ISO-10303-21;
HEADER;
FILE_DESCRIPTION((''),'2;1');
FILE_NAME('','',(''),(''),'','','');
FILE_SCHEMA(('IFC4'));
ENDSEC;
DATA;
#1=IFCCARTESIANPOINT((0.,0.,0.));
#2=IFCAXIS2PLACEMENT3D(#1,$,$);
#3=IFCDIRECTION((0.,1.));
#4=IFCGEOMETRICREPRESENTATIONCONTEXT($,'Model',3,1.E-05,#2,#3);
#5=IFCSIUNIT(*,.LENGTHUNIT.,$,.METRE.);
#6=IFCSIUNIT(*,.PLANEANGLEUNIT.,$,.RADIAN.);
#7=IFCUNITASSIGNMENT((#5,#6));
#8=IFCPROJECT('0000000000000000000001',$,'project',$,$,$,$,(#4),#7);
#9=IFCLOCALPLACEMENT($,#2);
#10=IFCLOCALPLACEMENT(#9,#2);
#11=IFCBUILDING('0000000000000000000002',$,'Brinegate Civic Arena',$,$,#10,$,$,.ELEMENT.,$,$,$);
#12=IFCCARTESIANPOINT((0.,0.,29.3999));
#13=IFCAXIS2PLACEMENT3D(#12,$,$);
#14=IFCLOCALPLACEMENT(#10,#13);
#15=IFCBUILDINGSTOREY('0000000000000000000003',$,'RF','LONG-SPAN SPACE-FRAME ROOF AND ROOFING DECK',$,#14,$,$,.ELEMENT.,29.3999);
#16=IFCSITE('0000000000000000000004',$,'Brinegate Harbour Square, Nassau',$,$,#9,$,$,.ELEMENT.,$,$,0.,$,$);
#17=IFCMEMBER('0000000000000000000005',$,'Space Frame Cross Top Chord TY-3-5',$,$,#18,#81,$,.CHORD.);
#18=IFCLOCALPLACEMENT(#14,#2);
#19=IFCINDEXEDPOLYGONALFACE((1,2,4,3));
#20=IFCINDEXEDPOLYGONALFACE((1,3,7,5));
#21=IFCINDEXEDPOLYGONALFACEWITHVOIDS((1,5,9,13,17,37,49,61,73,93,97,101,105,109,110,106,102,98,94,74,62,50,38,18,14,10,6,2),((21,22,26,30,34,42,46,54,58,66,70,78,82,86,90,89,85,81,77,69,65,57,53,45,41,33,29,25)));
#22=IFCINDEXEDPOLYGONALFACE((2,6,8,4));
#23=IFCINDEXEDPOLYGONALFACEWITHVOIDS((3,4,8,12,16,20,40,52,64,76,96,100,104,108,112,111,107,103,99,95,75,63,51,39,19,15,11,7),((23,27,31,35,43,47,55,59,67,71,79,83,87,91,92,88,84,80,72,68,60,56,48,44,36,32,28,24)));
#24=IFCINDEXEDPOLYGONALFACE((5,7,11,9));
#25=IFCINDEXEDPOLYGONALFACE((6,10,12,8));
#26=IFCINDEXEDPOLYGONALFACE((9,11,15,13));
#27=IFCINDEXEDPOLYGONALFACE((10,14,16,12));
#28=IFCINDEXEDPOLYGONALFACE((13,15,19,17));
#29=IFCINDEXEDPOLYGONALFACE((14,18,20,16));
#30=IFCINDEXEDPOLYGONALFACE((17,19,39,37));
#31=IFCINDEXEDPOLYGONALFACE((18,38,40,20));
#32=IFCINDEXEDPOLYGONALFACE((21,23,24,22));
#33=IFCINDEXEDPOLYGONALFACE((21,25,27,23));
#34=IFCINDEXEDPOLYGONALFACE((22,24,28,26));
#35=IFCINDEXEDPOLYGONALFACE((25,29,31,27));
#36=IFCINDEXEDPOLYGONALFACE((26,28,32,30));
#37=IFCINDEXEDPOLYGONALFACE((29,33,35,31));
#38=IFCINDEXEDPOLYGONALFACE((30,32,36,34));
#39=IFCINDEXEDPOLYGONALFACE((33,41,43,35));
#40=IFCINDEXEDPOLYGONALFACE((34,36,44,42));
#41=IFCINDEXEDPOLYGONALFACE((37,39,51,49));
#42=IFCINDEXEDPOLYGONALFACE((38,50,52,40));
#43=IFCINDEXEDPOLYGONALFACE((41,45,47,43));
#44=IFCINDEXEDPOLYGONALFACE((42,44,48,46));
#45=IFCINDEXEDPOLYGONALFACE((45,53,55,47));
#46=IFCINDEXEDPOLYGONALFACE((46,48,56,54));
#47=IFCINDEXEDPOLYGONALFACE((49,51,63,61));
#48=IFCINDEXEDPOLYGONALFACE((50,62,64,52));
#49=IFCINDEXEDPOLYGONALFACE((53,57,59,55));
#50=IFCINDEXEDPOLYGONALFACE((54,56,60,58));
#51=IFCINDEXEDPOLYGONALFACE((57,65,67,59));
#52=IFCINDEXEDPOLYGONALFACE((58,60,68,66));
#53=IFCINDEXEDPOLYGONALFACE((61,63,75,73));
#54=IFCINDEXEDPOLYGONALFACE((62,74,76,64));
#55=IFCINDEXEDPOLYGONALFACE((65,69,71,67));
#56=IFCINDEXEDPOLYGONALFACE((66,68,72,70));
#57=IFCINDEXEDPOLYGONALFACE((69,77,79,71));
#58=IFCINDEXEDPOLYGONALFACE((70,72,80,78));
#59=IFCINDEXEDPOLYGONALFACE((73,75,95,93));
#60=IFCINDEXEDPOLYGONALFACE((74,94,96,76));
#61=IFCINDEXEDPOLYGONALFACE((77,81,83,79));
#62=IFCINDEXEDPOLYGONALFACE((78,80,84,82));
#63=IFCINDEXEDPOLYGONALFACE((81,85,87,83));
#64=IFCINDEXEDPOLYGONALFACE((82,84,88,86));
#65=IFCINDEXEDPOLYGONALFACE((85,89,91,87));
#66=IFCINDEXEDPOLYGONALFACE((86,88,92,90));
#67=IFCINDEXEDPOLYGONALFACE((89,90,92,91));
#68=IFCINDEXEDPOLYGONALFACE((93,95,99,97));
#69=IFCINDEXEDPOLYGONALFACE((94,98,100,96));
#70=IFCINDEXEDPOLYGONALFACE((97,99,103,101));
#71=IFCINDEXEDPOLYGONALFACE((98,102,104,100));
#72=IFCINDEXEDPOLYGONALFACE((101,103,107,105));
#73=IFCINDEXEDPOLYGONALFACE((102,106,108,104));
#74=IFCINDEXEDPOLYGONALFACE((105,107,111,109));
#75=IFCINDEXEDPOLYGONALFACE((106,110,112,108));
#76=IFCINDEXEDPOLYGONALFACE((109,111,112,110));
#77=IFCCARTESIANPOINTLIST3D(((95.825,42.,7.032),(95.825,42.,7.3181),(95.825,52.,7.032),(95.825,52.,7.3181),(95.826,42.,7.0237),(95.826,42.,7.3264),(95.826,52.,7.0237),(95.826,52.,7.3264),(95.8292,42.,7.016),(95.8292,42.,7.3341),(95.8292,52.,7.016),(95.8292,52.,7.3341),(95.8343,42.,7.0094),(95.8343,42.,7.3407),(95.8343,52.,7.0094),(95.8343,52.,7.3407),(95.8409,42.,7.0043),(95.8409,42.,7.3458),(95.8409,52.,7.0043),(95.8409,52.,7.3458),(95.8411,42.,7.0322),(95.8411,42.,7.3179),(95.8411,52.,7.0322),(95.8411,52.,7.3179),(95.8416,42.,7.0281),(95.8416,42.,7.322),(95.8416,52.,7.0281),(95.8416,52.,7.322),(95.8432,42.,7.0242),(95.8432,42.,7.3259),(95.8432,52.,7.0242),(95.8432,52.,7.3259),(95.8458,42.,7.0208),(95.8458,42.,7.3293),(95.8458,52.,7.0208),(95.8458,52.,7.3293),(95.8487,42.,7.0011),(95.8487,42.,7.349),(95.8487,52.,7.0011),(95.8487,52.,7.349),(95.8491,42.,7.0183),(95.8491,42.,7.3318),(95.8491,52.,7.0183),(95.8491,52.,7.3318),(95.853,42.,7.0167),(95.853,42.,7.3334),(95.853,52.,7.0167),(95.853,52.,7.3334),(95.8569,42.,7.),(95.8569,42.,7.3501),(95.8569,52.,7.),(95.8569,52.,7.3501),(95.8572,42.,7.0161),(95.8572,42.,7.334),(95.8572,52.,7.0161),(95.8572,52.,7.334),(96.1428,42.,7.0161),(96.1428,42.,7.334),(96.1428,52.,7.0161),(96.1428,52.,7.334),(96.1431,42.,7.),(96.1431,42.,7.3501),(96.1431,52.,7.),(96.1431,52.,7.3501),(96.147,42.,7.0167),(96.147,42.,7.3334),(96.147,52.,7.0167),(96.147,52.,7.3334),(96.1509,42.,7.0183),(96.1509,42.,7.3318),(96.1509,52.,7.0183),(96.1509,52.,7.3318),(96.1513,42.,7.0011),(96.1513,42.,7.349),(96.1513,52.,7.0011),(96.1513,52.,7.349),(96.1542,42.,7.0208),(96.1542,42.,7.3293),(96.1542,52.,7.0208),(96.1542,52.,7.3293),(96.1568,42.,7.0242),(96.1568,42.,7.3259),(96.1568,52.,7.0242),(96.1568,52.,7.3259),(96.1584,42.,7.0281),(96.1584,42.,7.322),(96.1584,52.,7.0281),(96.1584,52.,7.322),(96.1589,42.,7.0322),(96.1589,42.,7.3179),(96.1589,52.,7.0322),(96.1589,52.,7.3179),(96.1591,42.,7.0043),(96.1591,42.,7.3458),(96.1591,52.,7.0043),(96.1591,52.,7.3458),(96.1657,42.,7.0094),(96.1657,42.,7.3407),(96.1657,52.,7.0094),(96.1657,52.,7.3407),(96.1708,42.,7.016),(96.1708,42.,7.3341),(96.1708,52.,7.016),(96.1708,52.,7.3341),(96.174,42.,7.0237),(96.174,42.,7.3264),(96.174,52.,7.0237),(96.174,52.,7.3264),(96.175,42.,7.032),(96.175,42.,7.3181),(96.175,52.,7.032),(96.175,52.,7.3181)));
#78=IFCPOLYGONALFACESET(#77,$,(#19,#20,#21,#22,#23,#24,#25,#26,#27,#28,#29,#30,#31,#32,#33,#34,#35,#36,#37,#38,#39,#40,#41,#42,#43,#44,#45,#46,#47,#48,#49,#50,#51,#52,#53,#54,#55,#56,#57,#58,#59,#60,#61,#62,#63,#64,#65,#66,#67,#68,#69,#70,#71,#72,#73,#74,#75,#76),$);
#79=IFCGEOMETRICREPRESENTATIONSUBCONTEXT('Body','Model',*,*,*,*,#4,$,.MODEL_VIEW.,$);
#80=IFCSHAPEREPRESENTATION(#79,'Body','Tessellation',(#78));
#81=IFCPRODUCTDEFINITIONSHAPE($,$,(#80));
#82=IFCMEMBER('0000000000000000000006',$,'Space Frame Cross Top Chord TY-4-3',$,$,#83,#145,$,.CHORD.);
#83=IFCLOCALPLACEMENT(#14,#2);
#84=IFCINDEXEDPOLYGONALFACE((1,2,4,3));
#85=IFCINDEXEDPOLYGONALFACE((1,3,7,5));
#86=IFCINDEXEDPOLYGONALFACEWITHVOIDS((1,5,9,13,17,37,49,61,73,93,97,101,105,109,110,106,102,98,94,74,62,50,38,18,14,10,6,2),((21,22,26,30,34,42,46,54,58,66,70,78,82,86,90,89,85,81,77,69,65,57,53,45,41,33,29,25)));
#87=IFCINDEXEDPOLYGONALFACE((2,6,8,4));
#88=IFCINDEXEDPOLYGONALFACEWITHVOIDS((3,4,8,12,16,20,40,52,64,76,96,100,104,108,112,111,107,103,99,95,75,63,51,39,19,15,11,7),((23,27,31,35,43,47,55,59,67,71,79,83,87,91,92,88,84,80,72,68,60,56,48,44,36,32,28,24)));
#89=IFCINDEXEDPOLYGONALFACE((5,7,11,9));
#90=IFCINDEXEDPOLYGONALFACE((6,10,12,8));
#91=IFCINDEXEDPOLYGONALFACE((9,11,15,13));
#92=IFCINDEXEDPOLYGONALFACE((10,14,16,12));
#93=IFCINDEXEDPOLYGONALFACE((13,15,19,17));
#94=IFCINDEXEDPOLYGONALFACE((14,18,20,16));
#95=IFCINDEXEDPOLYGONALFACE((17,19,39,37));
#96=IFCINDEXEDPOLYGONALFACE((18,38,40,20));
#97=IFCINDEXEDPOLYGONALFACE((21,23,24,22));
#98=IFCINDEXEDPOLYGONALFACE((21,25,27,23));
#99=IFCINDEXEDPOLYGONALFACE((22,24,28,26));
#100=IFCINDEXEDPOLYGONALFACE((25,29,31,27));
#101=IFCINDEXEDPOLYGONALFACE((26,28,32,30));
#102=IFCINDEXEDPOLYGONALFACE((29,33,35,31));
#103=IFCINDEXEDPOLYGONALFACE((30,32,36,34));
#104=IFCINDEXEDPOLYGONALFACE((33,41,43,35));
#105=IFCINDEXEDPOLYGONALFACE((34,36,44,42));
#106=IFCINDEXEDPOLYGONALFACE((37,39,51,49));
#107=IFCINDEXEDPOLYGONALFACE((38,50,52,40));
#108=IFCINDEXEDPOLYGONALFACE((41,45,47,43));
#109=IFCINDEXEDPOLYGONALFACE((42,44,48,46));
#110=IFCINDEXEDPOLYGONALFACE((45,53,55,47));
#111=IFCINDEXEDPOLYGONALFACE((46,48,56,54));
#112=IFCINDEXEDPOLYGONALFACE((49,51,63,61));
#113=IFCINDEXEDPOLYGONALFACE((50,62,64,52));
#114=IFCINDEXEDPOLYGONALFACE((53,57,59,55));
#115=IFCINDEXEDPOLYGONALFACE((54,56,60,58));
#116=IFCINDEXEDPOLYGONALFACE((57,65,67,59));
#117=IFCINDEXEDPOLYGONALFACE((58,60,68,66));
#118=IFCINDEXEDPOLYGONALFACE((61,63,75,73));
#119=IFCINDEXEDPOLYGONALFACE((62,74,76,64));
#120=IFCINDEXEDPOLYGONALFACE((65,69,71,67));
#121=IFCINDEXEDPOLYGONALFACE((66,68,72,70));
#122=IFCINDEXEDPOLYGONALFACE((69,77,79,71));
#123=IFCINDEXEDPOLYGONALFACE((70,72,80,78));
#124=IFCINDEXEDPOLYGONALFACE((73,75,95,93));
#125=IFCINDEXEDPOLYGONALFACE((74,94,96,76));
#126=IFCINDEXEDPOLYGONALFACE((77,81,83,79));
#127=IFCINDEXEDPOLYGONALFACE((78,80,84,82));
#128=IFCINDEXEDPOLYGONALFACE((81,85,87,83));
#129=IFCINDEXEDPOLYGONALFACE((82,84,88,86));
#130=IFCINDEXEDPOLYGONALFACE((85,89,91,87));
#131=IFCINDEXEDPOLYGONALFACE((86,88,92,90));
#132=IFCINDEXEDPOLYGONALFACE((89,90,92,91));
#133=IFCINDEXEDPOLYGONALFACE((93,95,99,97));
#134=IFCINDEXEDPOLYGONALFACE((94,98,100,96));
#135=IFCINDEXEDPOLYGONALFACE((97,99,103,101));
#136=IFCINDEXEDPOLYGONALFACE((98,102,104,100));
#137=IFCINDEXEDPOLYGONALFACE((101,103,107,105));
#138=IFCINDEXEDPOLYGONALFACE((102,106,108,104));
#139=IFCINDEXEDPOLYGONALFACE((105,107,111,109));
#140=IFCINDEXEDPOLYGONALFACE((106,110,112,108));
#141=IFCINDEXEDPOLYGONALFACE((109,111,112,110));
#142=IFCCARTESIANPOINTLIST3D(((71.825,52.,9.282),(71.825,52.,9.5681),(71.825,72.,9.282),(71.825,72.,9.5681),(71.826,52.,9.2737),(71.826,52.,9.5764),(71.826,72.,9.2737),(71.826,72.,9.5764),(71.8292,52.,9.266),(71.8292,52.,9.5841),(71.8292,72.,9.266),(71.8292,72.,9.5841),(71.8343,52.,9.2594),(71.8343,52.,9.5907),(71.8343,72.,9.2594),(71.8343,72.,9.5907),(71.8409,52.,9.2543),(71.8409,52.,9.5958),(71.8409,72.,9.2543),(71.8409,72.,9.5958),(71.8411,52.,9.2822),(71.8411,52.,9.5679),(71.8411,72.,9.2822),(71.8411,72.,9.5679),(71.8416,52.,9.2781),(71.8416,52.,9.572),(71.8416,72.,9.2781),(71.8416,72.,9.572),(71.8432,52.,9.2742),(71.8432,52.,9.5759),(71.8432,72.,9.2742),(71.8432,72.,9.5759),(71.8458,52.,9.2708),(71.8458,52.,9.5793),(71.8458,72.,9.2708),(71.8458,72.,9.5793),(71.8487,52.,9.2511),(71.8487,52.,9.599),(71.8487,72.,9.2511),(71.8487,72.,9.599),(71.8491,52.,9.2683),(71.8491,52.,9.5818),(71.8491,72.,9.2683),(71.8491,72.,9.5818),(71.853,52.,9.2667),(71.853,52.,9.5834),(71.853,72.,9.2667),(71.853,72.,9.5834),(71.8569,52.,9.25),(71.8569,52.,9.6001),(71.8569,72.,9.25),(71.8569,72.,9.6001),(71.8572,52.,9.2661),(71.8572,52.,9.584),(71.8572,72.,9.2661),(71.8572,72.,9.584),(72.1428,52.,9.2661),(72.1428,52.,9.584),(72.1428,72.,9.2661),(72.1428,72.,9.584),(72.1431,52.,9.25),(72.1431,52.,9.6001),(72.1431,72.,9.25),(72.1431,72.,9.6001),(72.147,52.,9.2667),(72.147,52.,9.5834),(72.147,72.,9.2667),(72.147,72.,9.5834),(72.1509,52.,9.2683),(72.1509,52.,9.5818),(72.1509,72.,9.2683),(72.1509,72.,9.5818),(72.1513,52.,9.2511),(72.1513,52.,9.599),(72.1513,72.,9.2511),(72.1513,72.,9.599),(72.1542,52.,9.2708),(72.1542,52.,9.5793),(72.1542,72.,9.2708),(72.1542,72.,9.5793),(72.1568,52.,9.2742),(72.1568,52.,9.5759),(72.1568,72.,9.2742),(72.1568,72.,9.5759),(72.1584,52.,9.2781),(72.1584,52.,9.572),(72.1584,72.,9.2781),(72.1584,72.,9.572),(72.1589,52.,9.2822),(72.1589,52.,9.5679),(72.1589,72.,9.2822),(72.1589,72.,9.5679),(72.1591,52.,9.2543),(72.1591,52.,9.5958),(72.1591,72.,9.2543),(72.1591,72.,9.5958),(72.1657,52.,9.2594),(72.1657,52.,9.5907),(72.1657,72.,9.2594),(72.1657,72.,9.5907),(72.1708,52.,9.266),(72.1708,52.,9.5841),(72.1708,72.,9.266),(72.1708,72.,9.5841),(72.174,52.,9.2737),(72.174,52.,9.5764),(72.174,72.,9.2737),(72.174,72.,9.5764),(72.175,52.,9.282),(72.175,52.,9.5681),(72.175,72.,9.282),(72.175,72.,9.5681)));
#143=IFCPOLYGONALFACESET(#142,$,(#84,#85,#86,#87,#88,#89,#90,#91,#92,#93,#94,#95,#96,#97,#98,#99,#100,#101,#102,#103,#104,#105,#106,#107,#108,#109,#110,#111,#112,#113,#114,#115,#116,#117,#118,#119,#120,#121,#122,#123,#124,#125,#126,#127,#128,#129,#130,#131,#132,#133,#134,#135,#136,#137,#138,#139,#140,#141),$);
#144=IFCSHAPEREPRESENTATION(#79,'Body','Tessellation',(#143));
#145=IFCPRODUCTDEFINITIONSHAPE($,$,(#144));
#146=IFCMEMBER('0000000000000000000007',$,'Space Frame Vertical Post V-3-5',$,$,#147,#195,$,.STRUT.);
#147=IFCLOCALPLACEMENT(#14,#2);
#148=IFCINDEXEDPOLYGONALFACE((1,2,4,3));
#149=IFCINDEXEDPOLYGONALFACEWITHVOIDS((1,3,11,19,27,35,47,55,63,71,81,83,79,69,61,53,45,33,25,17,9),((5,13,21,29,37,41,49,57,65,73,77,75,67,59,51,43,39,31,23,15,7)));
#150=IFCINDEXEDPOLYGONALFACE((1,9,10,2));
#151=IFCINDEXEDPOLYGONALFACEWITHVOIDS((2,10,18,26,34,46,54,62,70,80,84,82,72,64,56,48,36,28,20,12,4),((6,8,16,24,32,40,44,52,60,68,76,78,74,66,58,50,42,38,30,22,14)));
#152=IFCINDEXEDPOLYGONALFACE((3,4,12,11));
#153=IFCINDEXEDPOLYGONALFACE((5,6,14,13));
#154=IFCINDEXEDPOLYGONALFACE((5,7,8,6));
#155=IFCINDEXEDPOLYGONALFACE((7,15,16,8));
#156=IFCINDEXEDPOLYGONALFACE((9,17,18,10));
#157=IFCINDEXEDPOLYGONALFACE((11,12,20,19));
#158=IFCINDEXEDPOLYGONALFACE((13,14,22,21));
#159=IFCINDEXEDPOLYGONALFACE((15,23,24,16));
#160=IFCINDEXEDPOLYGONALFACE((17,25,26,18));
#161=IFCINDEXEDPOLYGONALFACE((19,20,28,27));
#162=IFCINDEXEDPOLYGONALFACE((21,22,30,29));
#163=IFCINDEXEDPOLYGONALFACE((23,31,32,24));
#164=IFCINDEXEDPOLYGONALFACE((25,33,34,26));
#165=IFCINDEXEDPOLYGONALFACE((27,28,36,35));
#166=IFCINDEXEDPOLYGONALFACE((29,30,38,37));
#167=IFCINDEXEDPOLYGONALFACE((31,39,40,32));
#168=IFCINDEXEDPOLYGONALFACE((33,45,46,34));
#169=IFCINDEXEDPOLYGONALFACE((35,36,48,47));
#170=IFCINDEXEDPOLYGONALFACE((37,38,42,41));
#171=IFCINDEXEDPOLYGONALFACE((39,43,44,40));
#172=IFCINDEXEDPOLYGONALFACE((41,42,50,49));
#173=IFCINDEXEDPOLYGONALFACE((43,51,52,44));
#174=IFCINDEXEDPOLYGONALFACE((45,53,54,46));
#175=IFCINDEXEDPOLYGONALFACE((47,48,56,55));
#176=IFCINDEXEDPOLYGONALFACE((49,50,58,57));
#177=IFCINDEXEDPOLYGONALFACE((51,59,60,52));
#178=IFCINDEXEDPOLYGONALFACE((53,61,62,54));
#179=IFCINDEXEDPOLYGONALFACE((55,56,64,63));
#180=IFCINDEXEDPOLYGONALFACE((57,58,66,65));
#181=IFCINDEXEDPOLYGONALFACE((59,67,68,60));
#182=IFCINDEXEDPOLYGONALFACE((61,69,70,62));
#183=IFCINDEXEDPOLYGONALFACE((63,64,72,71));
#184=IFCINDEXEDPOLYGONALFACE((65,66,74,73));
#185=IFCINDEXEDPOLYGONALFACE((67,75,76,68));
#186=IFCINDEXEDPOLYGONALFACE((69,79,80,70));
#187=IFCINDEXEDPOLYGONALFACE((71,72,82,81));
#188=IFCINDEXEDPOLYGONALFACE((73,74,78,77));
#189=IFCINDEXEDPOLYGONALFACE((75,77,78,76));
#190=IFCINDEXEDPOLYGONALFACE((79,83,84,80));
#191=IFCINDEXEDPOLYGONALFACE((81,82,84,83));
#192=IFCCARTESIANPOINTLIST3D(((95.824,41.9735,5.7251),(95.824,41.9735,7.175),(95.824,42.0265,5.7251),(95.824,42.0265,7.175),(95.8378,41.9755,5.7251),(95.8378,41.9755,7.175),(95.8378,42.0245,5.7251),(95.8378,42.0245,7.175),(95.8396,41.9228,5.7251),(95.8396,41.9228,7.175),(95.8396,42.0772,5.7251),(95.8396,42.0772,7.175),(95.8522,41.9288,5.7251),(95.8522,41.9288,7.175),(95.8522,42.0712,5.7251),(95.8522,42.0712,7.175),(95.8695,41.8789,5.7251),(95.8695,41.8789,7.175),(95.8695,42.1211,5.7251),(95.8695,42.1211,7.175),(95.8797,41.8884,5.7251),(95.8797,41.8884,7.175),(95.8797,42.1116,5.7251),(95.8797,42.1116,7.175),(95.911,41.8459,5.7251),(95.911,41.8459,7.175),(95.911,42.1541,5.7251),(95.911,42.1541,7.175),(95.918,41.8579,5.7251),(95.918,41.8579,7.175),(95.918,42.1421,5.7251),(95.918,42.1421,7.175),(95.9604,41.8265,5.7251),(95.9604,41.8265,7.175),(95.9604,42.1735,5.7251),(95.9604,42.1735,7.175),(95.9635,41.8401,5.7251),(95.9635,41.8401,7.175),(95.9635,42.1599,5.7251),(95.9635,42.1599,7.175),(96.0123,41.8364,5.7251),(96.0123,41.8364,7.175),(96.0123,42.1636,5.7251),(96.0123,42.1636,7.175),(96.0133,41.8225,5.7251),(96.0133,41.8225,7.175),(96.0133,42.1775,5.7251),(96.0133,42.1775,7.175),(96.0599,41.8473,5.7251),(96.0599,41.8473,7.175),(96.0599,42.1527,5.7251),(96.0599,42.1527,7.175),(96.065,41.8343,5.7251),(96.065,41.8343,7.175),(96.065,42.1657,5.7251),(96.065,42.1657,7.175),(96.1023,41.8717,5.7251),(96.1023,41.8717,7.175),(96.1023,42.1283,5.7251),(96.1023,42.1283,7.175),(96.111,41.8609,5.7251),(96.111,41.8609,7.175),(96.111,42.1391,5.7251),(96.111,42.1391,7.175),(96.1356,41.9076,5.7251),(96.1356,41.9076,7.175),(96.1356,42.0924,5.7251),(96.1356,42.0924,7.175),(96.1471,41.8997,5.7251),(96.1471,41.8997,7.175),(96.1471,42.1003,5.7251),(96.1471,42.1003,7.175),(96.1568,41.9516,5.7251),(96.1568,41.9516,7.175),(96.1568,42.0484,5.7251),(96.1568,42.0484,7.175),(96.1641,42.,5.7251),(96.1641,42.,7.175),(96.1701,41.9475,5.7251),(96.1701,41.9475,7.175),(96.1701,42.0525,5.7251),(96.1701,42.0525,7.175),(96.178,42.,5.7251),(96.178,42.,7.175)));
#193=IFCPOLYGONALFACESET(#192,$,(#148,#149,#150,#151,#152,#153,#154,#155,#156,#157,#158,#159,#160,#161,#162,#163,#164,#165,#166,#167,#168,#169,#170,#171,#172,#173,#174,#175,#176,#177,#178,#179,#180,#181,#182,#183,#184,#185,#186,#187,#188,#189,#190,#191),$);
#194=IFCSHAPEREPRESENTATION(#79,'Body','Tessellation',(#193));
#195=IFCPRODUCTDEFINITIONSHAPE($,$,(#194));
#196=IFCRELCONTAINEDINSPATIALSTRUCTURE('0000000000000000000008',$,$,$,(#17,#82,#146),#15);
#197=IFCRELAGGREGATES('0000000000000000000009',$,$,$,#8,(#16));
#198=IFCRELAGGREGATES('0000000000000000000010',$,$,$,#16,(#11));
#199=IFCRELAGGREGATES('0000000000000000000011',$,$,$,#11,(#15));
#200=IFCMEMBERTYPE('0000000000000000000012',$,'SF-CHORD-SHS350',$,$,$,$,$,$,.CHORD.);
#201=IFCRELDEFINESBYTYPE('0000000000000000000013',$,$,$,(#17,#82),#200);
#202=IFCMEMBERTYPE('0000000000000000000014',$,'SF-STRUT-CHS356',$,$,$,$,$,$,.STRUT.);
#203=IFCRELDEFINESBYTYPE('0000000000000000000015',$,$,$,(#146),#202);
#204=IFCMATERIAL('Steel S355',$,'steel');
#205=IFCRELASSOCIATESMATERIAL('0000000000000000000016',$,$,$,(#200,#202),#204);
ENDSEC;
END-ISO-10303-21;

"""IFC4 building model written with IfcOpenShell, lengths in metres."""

from ifc_helpers import new_model, si_unit, direction, frame, origin, origin_2d, place, context, subcontext, project, spatial, hollow_rectangle, hollow_circle, extrude, material, material_profile, profile_set, type_object, element, save


model = new_model("IFC4")

# Units and contexts
model_context = context("Model", 3, precision=1e-05, world=origin(), true_north=direction((0.0, 1.0)))
body_context = subcontext(model_context, "Body", "Model", "MODEL_VIEW")
ifc_project = project(units=[si_unit("LENGTHUNIT", "METRE"), si_unit("PLANEANGLEUNIT", "RADIAN")], contexts=[model_context])

# Site, building, storey
site_placement = place(None, origin())
site = spatial("IfcSite", under=ifc_project, at=site_placement, Name="Brinegate Harbour Square, Nassau", CompositionType="ELEMENT", RefElevation=0.0)
building_placement = place(site_placement, origin())
building = spatial("IfcBuilding", under=site, at=building_placement, Name="Brinegate Civic Arena", CompositionType="ELEMENT")
storey_placement = place(building_placement, frame((0.0, 0.0, 29.3999)))
storey = spatial("IfcBuildingStorey", under=building, at=storey_placement, Name="RF", Description="LONG-SPAN SPACE-FRAME ROOF AND ROOFING DECK", CompositionType="ELEMENT", Elevation=29.3999)

# Members
ifc_material = material(Name="Steel S355", Category="steel")
ifc_material_profile_1 = material_profile(ifc_material, hollow_rectangle(XDim=0.3501, YDim=0.3501, WallThickness=0.0161, InnerFilletRadius=0.0161, OuterFilletRadius=0.032, at=origin_2d()), Name="SHS350X16")
ifc_profile_set_1 = profile_set([ifc_material_profile_1], Name="Steel S355")
member_type_1 = type_object("IfcMemberType", Name="SF-CHORD-SHS350", PredefinedType="CHORD", material=ifc_profile_set_1)
for number, where, z_axis, x_axis, name in (
    (1, (96.0, 42.0, 7.175), (0.0, 1.0, 0.0), (-1.0, 0.0, 0.0), "Space Frame Cross Top Chord TY-3-5"),
):
    element("IfcMember", number, at=place(storey_placement, frame(where, z_axis=z_axis, x_axis=x_axis)), inside=storey, type_object=member_type_1, Name=name, PredefinedType="CHORD", context=body_context, shape_type="SweptSolid", body=[
        extrude(hollow_rectangle(XDim=0.3501, YDim=0.3501, WallThickness=0.0161, InnerFilletRadius=0.0161, OuterFilletRadius=0.032, at=origin_2d()), origin(), (0.0, 0.0, 1.0), 10.0),
    ])
member_1_placement = place(storey_placement, frame((72.0, 52.0, 9.425), z_axis=(0.0, 1.0, 0.0), x_axis=(-1.0, 0.0, 0.0)))
element("IfcMember", 2, at=member_1_placement, inside=storey, type_object=member_type_1, Name="Space Frame Cross Top Chord TY-4-3", PredefinedType="CHORD", context=body_context, shape_type="SweptSolid", body=[
    extrude(hollow_rectangle(XDim=0.3501, YDim=0.3501, WallThickness=0.0161, InnerFilletRadius=0.0161, OuterFilletRadius=0.032, at=origin_2d()), origin(), (0.0, 0.0, 1.0), 20.0),
])
ifc_material_profile_2 = material_profile(ifc_material, hollow_circle(Radius=0.178, WallThickness=0.0139, at=origin_2d()), Name="CHS356X14")
ifc_profile_set_2 = profile_set([ifc_material_profile_2], Name="Steel S355")
member_type_2 = type_object("IfcMemberType", Name="SF-STRUT-CHS356", PredefinedType="STRUT", material=ifc_profile_set_2)
member_2_placement = place(storey_placement, frame((96.0, 42.0, 5.7251), z_axis=(0.0, 0.0, 1.0), x_axis=(1.0, 0.0, 0.0)))
element("IfcMember", 3, at=member_2_placement, inside=storey, type_object=member_type_2, Name="Space Frame Vertical Post V-3-5", PredefinedType="STRUT", context=body_context, shape_type="SweptSolid", body=[
    extrude(hollow_circle(Radius=0.178, WallThickness=0.0139, at=origin_2d()), origin(), (0.0, 0.0, 1.0), 1.45),
])

save(model, "model.ifc")
